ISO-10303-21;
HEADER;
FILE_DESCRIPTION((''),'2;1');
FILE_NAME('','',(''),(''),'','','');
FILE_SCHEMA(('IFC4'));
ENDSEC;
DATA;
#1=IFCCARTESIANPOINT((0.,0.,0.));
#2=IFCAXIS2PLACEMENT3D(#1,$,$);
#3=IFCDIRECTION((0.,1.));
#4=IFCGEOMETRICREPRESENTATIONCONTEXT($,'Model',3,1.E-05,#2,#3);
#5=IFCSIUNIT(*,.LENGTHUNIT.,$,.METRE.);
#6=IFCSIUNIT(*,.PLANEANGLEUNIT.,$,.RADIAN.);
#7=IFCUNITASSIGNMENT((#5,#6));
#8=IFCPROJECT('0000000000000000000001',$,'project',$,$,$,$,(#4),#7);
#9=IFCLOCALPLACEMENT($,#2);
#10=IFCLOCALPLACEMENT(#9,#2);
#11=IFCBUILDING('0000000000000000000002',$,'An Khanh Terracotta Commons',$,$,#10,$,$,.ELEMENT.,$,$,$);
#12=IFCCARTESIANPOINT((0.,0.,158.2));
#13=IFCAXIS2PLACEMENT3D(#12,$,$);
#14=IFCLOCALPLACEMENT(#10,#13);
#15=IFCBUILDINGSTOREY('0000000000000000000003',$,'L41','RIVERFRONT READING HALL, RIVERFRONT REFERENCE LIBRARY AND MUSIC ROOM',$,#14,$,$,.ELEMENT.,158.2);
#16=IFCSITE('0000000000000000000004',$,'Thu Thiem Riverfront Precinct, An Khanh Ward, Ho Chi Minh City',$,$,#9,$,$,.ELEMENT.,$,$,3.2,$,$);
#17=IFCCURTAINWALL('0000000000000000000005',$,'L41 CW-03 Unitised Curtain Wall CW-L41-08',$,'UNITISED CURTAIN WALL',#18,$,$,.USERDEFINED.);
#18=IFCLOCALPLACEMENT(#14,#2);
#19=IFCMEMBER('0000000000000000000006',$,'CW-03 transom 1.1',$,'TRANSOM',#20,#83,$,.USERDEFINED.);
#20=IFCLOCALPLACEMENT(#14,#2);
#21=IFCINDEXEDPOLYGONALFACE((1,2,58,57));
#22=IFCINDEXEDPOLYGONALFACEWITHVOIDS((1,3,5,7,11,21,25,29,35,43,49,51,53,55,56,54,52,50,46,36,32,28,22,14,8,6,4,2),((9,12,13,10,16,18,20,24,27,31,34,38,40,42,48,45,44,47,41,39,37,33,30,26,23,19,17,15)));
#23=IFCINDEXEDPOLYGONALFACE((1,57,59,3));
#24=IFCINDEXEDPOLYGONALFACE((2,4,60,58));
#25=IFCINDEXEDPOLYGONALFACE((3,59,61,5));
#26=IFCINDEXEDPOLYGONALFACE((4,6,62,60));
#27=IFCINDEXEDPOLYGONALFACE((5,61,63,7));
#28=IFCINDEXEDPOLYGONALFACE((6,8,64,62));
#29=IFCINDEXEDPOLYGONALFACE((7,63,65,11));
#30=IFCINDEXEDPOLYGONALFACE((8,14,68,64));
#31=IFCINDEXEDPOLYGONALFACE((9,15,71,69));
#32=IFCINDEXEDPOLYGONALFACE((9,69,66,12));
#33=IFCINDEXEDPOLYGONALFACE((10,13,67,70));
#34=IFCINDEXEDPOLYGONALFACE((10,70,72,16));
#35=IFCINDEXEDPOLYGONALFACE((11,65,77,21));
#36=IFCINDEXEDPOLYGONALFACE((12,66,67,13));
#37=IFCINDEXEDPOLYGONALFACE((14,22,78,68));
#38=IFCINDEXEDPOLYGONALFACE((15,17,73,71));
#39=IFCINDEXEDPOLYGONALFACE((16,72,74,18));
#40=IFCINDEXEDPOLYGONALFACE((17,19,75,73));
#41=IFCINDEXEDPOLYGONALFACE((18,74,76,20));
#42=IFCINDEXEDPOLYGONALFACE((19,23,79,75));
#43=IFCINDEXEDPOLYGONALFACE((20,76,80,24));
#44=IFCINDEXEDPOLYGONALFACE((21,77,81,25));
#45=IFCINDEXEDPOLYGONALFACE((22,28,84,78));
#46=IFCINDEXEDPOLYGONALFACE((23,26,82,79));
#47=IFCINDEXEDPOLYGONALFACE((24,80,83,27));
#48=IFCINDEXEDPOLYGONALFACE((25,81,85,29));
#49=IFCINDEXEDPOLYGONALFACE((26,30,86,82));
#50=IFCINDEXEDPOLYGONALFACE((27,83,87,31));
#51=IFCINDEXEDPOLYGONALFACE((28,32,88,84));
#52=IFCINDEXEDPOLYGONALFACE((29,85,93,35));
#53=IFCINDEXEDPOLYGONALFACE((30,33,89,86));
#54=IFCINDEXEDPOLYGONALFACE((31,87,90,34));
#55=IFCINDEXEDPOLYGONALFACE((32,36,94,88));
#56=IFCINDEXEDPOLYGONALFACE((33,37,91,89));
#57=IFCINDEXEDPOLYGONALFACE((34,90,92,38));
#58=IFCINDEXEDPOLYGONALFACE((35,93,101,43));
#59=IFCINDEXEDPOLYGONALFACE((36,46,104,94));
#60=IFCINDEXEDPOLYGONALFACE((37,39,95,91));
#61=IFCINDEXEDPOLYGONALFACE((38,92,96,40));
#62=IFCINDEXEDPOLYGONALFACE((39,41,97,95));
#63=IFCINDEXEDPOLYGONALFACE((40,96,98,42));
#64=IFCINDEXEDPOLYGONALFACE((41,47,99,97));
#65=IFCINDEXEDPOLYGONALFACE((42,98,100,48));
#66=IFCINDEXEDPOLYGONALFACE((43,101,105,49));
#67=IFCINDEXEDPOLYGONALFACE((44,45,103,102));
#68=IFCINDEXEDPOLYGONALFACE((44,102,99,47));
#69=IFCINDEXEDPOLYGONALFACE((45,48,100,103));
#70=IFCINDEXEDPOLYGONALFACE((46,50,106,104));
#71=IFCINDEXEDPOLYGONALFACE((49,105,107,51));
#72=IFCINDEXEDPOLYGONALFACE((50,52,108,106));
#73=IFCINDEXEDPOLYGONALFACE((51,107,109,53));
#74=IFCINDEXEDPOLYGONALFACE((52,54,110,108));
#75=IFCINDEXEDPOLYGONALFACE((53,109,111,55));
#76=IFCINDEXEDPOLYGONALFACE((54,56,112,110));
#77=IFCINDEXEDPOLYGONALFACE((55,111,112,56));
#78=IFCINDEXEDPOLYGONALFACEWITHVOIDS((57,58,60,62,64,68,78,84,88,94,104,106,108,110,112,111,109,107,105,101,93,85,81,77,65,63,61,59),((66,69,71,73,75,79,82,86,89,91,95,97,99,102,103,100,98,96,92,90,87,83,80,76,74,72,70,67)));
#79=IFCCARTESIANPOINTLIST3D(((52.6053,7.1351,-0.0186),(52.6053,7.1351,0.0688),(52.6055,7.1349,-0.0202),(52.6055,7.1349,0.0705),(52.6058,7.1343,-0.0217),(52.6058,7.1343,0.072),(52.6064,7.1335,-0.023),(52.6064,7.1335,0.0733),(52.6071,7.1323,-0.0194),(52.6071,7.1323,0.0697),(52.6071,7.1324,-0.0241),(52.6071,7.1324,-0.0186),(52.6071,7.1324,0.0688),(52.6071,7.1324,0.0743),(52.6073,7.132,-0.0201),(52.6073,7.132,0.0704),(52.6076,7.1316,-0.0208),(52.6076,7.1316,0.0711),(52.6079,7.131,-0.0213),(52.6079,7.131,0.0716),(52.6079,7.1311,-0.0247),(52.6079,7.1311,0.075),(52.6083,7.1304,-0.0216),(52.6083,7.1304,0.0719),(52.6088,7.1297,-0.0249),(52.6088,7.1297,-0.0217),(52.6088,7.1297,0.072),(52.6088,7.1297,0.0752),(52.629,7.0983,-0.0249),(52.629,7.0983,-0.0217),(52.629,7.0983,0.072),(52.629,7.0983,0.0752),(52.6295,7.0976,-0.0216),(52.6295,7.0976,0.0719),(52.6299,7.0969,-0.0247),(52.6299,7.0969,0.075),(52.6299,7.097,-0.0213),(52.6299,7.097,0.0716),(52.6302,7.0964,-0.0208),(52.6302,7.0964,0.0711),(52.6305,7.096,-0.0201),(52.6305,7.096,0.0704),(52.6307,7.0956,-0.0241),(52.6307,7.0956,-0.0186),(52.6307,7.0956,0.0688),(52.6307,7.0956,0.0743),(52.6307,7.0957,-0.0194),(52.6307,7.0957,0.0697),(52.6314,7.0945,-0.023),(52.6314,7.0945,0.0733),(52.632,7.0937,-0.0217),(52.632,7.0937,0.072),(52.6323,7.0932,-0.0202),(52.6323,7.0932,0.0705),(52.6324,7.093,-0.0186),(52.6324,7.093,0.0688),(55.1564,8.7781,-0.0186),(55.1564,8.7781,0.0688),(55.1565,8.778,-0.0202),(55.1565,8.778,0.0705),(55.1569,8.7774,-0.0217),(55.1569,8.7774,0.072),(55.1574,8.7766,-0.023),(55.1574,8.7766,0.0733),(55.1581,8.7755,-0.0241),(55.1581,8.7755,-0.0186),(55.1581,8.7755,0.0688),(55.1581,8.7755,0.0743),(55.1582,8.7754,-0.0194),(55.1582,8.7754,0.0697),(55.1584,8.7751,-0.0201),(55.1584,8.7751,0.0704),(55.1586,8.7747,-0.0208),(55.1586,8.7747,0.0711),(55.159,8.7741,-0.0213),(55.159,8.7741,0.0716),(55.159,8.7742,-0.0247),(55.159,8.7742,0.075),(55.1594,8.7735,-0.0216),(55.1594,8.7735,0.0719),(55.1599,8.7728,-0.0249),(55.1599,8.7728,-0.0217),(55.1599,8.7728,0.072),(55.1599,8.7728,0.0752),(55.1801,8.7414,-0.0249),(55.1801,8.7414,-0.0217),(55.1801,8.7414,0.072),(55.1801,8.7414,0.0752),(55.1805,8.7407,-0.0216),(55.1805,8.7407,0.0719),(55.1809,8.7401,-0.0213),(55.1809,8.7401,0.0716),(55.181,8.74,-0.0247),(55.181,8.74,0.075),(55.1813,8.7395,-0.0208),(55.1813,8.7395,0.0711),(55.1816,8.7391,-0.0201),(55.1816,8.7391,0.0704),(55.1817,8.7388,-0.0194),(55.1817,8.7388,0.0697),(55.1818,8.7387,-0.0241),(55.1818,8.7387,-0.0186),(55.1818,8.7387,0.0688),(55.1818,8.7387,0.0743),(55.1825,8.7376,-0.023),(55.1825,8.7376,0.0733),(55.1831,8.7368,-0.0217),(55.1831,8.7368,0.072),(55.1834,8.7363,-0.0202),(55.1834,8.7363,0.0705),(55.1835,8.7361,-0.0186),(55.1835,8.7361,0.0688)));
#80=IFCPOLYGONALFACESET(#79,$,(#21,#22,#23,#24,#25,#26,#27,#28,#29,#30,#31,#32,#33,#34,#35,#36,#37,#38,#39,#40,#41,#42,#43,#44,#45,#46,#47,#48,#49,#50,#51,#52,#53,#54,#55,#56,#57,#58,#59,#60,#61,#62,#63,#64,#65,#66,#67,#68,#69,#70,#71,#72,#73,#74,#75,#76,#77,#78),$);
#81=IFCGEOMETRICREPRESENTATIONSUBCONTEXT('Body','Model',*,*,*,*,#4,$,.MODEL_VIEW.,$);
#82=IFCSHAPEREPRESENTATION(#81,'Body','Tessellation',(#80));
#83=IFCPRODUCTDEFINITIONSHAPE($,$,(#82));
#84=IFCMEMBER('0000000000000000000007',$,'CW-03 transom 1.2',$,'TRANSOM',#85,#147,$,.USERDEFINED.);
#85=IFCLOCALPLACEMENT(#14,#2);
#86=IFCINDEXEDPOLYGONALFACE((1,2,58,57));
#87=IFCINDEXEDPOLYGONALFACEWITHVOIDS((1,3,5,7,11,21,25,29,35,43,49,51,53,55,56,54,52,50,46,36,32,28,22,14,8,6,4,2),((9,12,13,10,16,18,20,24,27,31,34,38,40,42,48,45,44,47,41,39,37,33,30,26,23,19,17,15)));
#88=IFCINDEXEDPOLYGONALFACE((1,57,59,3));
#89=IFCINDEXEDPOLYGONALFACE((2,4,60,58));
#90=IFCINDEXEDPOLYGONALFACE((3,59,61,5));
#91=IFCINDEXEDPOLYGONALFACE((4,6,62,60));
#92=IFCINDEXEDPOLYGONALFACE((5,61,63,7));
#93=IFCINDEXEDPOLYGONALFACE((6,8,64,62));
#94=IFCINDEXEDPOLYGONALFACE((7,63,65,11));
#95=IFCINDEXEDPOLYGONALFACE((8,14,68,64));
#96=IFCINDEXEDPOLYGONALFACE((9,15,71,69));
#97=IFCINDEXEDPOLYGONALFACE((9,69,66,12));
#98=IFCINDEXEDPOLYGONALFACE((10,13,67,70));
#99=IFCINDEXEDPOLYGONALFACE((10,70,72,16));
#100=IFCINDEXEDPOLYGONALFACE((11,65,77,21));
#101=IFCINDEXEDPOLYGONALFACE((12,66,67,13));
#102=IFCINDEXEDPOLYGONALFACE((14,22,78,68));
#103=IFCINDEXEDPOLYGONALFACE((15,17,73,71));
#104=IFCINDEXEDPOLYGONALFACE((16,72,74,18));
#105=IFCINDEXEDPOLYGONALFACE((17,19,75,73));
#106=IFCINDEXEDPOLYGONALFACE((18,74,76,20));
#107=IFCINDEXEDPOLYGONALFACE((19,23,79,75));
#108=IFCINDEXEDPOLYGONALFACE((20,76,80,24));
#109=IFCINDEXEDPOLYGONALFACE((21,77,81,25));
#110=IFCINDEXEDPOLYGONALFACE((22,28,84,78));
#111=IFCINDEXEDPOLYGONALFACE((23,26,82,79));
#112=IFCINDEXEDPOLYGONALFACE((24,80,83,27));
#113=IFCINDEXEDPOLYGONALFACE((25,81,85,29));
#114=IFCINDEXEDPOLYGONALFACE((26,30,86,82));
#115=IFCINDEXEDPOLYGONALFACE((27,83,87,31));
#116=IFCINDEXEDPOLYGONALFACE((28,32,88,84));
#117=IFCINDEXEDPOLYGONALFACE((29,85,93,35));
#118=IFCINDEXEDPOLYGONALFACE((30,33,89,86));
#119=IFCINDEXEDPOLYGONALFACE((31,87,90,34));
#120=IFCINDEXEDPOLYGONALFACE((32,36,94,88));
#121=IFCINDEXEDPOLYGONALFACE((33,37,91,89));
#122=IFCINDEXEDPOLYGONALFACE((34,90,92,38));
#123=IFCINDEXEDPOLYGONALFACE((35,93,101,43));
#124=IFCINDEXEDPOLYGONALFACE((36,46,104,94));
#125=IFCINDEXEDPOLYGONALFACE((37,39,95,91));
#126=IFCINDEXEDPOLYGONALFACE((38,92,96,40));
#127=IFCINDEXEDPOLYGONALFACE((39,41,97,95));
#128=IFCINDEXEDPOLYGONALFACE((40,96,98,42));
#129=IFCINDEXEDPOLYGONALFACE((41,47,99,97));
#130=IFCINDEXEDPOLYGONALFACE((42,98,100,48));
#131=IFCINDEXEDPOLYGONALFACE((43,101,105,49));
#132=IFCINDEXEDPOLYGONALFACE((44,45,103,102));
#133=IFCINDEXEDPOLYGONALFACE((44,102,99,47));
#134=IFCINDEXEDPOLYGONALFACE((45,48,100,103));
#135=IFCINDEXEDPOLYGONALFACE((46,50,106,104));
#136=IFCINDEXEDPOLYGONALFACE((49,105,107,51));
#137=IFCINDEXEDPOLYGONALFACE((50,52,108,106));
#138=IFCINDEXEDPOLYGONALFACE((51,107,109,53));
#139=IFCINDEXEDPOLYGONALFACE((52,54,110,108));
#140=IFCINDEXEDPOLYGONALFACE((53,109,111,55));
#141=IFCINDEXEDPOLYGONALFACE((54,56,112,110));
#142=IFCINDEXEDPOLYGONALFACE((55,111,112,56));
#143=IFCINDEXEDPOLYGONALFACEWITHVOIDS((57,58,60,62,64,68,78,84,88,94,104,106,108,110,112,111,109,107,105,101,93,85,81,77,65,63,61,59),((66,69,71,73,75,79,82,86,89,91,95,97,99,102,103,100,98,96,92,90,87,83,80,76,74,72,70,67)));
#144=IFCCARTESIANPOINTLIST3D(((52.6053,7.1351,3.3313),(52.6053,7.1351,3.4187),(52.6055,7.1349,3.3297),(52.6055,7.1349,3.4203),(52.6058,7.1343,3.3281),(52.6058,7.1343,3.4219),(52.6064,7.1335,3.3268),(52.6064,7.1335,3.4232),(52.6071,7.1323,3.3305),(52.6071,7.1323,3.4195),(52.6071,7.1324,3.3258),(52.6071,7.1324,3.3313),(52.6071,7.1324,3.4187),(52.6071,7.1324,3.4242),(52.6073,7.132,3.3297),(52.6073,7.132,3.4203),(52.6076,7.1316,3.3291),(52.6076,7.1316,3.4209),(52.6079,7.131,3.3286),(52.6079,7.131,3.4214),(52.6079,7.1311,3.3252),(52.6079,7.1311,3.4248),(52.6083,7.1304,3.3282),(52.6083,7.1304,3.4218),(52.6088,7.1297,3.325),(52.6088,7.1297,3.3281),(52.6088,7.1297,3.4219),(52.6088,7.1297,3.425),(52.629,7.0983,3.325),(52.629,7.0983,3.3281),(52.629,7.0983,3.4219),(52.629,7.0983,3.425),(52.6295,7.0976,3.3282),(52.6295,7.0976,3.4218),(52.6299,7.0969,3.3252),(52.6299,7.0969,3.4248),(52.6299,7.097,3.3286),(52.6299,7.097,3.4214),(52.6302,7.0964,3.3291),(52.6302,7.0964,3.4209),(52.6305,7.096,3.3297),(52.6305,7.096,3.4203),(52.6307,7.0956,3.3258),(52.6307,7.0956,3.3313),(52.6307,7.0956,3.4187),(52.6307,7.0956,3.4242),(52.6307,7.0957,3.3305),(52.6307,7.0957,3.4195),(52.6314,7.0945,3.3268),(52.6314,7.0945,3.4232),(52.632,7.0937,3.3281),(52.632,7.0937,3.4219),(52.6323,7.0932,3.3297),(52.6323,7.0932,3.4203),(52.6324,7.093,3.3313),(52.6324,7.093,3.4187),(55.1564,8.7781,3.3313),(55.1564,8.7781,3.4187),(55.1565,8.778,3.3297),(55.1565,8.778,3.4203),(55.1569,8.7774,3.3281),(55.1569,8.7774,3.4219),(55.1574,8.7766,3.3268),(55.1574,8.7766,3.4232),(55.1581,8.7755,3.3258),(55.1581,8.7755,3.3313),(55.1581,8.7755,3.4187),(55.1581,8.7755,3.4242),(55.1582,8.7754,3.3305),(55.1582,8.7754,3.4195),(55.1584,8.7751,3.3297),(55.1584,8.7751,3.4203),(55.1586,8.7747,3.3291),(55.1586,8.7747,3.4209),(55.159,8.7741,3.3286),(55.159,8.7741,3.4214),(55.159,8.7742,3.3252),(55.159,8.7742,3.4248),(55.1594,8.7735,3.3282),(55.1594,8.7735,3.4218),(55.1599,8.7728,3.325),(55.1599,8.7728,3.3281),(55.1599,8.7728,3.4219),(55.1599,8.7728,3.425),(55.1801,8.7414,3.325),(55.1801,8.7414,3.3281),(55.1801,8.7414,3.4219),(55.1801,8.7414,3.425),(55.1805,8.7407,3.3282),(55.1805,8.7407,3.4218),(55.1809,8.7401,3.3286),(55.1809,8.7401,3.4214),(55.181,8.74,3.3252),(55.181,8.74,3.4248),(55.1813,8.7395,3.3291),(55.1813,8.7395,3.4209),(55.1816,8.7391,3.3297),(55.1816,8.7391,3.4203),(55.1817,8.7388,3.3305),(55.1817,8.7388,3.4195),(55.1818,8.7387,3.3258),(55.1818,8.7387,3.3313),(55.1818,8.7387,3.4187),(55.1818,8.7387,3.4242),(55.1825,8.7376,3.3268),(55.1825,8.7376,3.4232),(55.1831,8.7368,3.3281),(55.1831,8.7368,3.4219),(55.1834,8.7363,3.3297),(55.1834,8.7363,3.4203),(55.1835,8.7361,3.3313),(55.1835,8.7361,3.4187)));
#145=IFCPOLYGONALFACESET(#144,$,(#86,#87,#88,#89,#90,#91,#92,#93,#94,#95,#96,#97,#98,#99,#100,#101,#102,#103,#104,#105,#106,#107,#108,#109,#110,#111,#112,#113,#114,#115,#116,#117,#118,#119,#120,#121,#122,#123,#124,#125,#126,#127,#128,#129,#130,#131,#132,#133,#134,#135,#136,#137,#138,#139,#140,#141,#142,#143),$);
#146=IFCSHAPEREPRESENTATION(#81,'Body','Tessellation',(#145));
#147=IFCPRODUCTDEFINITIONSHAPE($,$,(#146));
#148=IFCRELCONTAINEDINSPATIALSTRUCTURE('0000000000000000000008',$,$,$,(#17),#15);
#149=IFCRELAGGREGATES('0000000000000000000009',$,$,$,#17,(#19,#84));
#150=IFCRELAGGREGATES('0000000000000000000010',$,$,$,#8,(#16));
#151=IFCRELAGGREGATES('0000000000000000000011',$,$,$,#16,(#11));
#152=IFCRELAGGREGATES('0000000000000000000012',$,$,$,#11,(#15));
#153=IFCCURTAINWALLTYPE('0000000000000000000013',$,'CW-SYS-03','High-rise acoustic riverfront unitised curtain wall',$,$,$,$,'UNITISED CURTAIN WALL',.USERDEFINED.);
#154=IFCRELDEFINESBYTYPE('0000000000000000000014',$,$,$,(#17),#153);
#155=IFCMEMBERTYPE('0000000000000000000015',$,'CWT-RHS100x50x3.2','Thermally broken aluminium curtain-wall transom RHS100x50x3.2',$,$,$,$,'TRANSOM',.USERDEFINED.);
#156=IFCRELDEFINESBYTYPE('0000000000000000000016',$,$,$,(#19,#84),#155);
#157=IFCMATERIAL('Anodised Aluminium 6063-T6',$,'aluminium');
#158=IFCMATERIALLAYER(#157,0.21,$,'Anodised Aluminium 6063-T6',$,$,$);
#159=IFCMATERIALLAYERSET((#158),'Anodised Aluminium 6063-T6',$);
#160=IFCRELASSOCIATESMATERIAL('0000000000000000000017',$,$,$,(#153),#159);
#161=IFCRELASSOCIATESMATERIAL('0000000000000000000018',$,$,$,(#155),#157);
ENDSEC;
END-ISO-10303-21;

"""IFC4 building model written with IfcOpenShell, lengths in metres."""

from ifc_helpers import new_model, si_unit, direction, frame, origin, origin_2d, place, context, subcontext, project, spatial, hollow_rectangle, extrude, material, layer, layer_set, material_profile, profile_set, type_object, element, aggregate, save


model = new_model("IFC4")

# Units and contexts
model_context = context("Model", 3, precision=1e-05, world=origin(), true_north=direction((0.0, 1.0)))
body_context = subcontext(model_context, "Body", "Model", "MODEL_VIEW")
ifc_project = project(units=[si_unit("LENGTHUNIT", "METRE"), si_unit("PLANEANGLEUNIT", "RADIAN")], contexts=[model_context])

# Site, building, storey
site_placement = place(None, origin())
site = spatial("IfcSite", under=ifc_project, at=site_placement, Name="Thu Thiem Riverfront Precinct, An Khanh Ward, Ho Chi Minh City", CompositionType="ELEMENT", RefElevation=3.2)
building_placement = place(site_placement, origin())
building = spatial("IfcBuilding", under=site, at=building_placement, Name="An Khanh Terracotta Commons", CompositionType="ELEMENT")
storey_placement = place(building_placement, frame((0.0, 0.0, 158.2)))
storey = spatial("IfcBuildingStorey", under=building, at=storey_placement, Name="L41", Description="RIVERFRONT READING HALL, RIVERFRONT REFERENCE LIBRARY AND MUSIC ROOM", CompositionType="ELEMENT", Elevation=158.2)

# Curtain wall, members
ifc_material_1 = material(Name="Anodised Aluminium 6063-T6", Category="aluminium")
ifc_layer_1 = layer(ifc_material_1, 0.21, Name="Anodised Aluminium 6063-T6")
ifc_layer_set_1 = layer_set([ifc_layer_1], Name="Anodised Aluminium 6063-T6")
curtain_wall_type = type_object("IfcCurtainWallType", Name="CW-SYS-03", Description="High-rise acoustic riverfront unitised curtain wall", ElementType="UNITISED CURTAIN WALL", PredefinedType="USERDEFINED", material=ifc_layer_set_1)
curtain_wall_placement = place(storey_placement, origin())
curtain_wall = element("IfcCurtainWall", 1, at=curtain_wall_placement, inside=storey, type_object=curtain_wall_type, Name="L41 CW-03 Unitised Curtain Wall CW-L41-08", ObjectType="UNITISED CURTAIN WALL", PredefinedType="USERDEFINED")
ifc_material_profile_1 = material_profile(ifc_material_1, hollow_rectangle(XDim=0.05, YDim=0.1001, WallThickness=0.0032, InnerFilletRadius=0.0032, OuterFilletRadius=0.0063, at=origin_2d()), Name="RHS100x50x3.2")
ifc_profile_set_1 = profile_set([ifc_material_profile_1], Name="Anodised Aluminium 6063-T6")
member_type_1 = type_object("IfcMemberType", Name="CWT-RHS100x50x3.2", Description="Thermally broken aluminium curtain-wall transom RHS100x50x3.2", ElementType="TRANSOM", PredefinedType="USERDEFINED", material=ifc_profile_set_1)
member_1_placement = place(storey_placement, frame((52.6189, 7.114, 0.0251), z_axis=(0.84071, 0.541485, 0.0), x_axis=(-0.541485, 0.84071, 0.0)))
member_1 = element("IfcMember", 2, at=member_1_placement, type_object=member_type_1, Name="CW-03 transom 1.1", ObjectType="TRANSOM", PredefinedType="USERDEFINED", context=body_context, shape_type="SweptSolid", body=[
    extrude(hollow_rectangle(XDim=0.05, YDim=0.1001, WallThickness=0.0032, InnerFilletRadius=0.0032, OuterFilletRadius=0.0063, at=origin_2d()), origin(), (0.0, 0.0, 1.0), 3.0344),
])
member_2_placement = place(storey_placement, frame((52.6189, 7.114, 3.375), z_axis=(0.84071, 0.541485, 0.0), x_axis=(-0.541485, 0.84071, 0.0)))
member_2 = element("IfcMember", 3, at=member_2_placement, type_object=member_type_1, Name="CW-03 transom 1.2", ObjectType="TRANSOM", PredefinedType="USERDEFINED", context=body_context, shape_type="SweptSolid", body=[
    extrude(hollow_rectangle(XDim=0.05, YDim=0.1001, WallThickness=0.0032, InnerFilletRadius=0.0032, OuterFilletRadius=0.0063, at=origin_2d()), origin(), (0.0, 0.0, 1.0), 3.0344),
])
aggregate(curtain_wall, [member_1, member_2])

save(model, "model.ifc")
